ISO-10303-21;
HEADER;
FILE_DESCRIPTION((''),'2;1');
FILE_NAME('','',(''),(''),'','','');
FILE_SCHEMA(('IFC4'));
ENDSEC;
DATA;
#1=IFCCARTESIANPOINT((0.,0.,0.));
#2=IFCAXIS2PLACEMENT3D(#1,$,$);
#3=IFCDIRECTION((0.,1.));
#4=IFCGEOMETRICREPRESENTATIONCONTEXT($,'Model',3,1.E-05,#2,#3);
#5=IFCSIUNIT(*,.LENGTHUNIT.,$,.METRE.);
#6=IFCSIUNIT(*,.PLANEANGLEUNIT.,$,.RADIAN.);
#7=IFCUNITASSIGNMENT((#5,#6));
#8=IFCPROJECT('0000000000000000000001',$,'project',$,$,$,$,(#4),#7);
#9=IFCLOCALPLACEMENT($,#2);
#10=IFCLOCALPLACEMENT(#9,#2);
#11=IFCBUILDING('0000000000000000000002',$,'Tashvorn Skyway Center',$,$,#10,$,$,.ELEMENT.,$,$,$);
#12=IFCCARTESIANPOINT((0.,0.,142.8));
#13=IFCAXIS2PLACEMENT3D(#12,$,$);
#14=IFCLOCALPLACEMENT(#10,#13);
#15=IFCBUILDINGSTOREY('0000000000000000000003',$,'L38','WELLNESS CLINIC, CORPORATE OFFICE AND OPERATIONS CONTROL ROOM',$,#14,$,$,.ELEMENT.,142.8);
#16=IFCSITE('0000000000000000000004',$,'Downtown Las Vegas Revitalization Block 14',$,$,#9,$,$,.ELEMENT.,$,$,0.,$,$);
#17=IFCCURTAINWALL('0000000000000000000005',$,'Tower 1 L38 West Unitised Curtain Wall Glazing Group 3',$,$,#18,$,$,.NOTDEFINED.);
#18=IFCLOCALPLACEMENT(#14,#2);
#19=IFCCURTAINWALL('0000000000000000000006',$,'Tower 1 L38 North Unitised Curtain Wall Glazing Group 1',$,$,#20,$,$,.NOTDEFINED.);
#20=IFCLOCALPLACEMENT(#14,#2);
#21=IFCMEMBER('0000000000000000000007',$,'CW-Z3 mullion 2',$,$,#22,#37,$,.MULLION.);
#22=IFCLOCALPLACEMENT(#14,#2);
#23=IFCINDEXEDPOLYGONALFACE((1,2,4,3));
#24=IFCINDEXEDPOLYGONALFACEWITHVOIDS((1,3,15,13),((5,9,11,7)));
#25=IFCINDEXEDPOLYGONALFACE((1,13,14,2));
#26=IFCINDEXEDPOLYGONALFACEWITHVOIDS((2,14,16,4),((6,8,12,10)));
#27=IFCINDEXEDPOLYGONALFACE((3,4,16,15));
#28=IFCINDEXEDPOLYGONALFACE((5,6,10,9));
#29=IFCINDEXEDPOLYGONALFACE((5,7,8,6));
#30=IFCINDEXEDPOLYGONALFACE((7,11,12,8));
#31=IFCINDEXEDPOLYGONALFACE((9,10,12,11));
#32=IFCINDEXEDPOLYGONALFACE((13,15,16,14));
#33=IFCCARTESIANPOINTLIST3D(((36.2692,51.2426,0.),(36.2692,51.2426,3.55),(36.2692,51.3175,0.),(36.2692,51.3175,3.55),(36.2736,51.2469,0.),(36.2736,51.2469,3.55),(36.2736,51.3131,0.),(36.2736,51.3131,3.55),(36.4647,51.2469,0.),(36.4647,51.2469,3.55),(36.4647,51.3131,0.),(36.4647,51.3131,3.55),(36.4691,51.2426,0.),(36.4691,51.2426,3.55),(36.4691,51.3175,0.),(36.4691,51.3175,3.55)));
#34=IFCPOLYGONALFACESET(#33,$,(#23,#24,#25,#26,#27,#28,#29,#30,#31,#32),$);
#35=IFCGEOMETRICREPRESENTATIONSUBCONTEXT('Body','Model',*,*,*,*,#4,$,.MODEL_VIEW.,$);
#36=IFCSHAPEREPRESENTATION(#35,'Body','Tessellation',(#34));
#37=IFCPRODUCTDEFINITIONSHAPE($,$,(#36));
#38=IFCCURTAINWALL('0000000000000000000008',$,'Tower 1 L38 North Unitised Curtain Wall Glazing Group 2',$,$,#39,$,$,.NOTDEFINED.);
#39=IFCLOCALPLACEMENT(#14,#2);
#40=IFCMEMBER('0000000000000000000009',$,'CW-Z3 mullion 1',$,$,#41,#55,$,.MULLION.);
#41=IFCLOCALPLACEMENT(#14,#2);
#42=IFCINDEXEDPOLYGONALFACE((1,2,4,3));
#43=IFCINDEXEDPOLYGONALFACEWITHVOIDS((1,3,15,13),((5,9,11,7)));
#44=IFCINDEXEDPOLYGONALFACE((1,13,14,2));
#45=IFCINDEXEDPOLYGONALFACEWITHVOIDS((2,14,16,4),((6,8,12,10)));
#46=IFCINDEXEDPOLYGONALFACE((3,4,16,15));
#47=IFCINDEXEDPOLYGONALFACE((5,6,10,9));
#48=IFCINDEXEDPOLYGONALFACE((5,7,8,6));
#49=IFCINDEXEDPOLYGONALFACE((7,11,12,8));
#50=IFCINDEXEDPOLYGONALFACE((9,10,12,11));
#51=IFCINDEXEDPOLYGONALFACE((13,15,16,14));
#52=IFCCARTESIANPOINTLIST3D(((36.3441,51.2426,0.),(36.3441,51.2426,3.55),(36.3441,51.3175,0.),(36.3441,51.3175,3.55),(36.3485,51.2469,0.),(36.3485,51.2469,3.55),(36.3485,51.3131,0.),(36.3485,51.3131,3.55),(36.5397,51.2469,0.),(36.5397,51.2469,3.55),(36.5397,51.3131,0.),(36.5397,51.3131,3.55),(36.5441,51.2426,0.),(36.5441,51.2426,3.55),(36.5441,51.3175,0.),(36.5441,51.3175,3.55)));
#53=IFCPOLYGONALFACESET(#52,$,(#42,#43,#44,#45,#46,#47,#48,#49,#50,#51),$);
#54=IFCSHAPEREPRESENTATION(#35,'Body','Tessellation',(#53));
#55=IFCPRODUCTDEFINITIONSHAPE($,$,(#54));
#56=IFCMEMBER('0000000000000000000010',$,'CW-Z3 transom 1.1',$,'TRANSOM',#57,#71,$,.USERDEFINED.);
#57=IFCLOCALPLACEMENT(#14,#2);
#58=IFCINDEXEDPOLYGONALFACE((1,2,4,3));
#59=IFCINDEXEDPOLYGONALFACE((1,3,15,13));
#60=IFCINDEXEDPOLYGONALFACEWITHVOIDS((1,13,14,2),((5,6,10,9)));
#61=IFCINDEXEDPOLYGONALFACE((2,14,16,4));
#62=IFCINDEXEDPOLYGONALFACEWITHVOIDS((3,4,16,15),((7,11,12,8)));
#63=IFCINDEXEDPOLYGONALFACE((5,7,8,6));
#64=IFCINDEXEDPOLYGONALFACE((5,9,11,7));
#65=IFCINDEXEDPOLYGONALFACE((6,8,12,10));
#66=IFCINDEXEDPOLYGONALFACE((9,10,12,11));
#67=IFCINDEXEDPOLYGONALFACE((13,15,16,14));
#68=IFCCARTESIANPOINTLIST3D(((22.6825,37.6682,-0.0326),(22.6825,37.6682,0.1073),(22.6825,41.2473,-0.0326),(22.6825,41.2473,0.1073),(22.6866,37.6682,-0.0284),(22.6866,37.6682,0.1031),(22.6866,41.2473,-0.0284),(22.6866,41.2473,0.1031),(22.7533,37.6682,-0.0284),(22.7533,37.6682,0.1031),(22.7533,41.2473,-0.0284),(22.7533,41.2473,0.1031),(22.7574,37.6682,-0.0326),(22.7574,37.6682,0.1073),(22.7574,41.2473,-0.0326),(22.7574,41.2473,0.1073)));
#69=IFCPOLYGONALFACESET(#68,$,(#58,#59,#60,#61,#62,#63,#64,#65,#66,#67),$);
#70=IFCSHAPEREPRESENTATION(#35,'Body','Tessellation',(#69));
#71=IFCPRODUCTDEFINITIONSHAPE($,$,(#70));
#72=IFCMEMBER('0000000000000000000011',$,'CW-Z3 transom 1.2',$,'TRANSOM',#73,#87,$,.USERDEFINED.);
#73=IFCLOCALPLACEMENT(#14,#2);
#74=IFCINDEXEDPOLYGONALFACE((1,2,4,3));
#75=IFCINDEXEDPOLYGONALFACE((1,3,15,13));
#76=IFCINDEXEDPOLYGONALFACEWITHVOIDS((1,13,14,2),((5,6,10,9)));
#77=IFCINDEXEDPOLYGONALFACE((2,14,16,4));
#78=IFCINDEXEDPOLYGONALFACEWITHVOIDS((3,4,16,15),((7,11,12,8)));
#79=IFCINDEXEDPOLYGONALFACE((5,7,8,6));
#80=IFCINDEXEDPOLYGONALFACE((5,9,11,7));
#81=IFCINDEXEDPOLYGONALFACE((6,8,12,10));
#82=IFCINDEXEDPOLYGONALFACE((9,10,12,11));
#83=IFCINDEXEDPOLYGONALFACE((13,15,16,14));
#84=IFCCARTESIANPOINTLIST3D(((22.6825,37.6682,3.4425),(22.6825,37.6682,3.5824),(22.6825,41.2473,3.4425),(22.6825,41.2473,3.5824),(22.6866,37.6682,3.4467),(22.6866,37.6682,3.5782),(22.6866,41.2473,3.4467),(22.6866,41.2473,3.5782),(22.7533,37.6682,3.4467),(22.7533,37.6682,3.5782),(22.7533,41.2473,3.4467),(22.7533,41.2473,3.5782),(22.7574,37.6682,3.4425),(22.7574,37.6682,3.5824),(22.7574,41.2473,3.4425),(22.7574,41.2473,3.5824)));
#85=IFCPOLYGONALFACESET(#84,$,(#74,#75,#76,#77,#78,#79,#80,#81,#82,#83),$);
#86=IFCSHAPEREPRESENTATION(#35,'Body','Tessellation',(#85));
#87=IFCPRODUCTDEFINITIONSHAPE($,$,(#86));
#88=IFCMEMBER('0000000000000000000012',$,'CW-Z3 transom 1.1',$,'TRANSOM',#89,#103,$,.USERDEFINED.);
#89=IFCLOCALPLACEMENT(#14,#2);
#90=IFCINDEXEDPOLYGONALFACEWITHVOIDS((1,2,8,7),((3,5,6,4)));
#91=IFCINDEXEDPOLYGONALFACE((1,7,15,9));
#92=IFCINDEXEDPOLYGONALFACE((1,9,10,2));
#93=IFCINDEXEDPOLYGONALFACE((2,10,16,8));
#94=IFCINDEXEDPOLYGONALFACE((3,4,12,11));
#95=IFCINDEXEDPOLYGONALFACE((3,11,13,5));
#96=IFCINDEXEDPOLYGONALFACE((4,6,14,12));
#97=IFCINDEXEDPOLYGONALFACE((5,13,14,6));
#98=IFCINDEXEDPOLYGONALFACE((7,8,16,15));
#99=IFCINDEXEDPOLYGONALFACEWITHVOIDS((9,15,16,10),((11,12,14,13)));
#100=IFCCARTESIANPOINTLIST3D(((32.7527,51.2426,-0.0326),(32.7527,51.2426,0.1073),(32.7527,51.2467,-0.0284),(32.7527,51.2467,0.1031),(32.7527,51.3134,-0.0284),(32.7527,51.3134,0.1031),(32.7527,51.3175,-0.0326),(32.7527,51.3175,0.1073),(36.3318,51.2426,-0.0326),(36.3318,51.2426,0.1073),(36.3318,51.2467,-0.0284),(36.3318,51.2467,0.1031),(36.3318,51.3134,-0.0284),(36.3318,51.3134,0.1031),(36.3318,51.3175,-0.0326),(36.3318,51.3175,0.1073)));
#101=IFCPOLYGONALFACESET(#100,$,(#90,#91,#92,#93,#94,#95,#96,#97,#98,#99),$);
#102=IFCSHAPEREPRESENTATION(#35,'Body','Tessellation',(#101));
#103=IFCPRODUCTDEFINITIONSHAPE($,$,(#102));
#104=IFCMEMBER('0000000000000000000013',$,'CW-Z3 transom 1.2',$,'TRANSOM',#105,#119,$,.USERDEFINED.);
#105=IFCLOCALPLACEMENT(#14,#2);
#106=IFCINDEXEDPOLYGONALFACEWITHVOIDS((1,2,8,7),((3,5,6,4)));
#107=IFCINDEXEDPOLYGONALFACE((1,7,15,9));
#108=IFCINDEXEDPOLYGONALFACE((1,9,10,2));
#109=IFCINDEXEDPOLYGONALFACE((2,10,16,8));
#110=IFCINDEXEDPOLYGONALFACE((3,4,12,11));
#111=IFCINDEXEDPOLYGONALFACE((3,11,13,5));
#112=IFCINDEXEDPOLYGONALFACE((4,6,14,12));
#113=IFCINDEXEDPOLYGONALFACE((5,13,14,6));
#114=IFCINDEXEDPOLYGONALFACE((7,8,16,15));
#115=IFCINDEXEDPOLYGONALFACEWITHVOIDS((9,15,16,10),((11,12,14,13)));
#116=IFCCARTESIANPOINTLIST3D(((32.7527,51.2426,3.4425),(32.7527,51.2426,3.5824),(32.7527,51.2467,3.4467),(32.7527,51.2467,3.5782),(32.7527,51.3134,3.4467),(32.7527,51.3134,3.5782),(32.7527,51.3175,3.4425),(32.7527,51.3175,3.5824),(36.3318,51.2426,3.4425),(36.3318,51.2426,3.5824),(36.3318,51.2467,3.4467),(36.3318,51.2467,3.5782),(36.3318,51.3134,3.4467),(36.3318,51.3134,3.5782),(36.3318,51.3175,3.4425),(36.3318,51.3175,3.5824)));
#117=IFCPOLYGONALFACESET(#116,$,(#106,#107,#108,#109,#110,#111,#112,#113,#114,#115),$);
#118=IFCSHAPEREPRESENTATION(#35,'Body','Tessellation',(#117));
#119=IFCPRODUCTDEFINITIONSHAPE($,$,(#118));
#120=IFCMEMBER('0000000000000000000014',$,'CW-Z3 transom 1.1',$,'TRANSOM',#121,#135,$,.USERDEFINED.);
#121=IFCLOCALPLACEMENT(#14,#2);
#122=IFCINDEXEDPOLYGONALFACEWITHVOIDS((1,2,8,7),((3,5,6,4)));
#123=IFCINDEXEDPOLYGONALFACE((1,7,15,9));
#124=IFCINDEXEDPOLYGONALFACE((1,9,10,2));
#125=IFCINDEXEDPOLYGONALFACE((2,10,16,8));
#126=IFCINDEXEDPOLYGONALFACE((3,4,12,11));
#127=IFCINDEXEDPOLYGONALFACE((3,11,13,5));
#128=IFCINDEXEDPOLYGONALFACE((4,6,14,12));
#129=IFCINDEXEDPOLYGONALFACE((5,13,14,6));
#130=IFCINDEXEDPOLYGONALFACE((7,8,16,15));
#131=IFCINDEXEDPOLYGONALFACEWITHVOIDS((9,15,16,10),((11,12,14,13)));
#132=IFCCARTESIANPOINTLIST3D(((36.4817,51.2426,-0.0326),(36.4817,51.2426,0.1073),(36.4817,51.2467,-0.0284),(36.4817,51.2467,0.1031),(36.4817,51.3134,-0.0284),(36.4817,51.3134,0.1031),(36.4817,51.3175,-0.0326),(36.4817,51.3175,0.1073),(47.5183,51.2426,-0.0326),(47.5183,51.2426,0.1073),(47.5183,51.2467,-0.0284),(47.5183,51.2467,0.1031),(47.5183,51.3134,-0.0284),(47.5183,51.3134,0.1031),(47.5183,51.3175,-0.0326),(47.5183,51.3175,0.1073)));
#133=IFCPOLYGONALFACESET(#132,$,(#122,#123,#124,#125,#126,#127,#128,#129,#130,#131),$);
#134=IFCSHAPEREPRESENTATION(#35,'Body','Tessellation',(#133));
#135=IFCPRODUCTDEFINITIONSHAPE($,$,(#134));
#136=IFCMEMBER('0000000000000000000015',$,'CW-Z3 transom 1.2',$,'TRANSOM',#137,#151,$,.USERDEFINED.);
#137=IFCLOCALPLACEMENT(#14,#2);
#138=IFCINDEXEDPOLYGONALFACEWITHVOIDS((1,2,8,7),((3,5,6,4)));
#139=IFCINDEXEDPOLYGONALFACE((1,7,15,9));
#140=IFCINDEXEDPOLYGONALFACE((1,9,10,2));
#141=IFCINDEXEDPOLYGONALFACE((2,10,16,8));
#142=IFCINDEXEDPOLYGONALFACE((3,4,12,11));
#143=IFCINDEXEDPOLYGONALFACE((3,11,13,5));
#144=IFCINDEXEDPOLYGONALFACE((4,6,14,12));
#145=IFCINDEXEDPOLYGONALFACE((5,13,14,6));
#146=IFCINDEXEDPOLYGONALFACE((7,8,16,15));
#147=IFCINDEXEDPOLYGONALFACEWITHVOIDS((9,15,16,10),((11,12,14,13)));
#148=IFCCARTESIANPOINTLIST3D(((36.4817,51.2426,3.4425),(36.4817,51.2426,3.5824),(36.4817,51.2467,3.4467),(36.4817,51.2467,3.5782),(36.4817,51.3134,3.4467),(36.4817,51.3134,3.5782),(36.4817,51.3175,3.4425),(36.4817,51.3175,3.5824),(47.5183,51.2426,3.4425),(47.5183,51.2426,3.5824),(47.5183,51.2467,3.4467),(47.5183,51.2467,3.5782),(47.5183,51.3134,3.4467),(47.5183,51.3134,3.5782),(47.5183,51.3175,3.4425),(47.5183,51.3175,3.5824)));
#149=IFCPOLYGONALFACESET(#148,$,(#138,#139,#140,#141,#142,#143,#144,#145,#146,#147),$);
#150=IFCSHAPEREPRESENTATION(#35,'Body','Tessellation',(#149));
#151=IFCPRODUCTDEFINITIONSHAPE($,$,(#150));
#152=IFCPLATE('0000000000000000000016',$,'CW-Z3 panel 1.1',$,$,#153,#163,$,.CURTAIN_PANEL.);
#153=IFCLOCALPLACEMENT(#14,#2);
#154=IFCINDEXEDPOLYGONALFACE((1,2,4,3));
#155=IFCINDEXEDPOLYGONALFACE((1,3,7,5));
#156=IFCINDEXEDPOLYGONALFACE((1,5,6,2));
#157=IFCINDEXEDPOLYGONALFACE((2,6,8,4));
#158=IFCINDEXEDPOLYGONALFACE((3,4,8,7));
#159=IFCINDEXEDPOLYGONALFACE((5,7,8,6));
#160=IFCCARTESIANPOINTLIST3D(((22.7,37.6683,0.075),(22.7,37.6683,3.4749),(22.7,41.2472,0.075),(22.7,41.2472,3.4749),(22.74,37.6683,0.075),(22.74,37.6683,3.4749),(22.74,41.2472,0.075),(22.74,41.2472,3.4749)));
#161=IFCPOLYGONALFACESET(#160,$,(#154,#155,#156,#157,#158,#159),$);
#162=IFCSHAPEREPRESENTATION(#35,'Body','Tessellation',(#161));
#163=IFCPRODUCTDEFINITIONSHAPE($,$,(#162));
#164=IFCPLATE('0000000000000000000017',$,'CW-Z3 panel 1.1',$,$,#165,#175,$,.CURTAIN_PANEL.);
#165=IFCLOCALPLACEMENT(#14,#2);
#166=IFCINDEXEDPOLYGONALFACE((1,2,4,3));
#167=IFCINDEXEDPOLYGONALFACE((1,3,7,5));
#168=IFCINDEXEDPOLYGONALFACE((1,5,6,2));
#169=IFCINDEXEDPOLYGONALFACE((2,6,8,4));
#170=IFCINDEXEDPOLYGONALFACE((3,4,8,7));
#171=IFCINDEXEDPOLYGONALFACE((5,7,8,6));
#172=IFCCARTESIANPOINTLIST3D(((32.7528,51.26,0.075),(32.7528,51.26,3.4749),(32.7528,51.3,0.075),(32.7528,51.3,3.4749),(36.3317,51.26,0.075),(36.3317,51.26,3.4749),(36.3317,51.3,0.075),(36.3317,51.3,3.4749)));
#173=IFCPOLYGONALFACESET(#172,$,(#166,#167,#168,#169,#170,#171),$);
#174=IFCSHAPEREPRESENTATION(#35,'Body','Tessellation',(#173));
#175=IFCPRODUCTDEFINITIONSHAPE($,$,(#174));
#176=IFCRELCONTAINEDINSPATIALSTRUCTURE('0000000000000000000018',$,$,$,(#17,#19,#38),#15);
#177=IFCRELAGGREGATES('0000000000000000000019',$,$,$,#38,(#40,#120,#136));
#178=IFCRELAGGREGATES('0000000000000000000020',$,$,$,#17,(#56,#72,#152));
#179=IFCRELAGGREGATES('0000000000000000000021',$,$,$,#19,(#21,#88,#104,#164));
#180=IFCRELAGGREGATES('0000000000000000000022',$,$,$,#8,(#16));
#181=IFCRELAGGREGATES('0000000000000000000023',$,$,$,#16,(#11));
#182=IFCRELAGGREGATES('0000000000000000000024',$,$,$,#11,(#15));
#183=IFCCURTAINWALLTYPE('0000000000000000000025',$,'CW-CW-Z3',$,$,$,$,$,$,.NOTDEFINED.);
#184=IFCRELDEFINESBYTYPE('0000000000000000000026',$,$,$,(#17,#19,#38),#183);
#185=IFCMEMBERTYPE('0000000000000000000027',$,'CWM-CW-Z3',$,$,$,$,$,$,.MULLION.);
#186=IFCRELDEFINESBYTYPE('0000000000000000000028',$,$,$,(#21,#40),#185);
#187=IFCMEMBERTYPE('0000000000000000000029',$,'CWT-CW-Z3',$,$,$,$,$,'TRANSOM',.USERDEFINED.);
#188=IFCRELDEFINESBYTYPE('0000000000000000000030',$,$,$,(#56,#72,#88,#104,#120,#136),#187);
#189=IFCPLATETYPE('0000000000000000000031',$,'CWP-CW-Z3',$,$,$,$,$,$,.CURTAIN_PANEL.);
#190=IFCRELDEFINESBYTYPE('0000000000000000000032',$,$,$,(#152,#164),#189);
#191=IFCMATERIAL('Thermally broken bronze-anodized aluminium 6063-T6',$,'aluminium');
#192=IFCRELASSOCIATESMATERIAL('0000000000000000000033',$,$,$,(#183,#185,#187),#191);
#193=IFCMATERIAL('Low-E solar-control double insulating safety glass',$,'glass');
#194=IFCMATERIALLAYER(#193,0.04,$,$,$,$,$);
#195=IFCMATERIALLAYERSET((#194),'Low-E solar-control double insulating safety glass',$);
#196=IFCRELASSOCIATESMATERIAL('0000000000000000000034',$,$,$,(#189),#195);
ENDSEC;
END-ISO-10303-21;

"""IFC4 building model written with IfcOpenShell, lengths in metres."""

from ifc_helpers import new_model, si_unit, direction, frame, origin, origin_2d, place, context, subcontext, project, spatial, rectangle, hollow_rectangle, extrude, material, layer, layer_set, material_profile, profile_set, type_object, element, aggregate, save


model = new_model("IFC4")

# Units and contexts
model_context = context("Model", 3, precision=1e-05, world=origin(), true_north=direction((0.0, 1.0)))
body_context = subcontext(model_context, "Body", "Model", "MODEL_VIEW")
ifc_project = project(units=[si_unit("LENGTHUNIT", "METRE"), si_unit("PLANEANGLEUNIT", "RADIAN")], contexts=[model_context])

# Site, building, storey
site_placement = place(None, origin())
site = spatial("IfcSite", under=ifc_project, at=site_placement, Name="Downtown Las Vegas Revitalization Block 14", CompositionType="ELEMENT", RefElevation=0.0)
building_placement = place(site_placement, origin())
building = spatial("IfcBuilding", under=site, at=building_placement, Name="Tashvorn Skyway Center", CompositionType="ELEMENT")
storey_placement = place(building_placement, frame((0.0, 0.0, 142.8)))
storey = spatial("IfcBuildingStorey", under=building, at=storey_placement, Name="L38", Description="WELLNESS CLINIC, CORPORATE OFFICE AND OPERATIONS CONTROL ROOM", CompositionType="ELEMENT", Elevation=142.8)

# Curtain wall
ifc_material_1 = material(Name="Thermally broken bronze-anodized aluminium 6063-T6", Category="aluminium")
curtain_wall_type = type_object("IfcCurtainWallType", Name="CW-CW-Z3", PredefinedType="NOTDEFINED", material=ifc_material_1)
curtain_wall_1_placement = place(storey_placement, origin())
curtain_wall_1 = element("IfcCurtainWall", 1, at=curtain_wall_1_placement, inside=storey, type_object=curtain_wall_type, Name="Tower 1 L38 West Unitised Curtain Wall Glazing Group 3", PredefinedType="NOTDEFINED")
ifc_material_profile_1 = material_profile(ifc_material_1, hollow_rectangle(XDim=0.075, YDim=0.2, WallThickness=0.0044, at=origin_2d()), Name="ALU-MULL-75x200")
ifc_profile_set_1 = profile_set([ifc_material_profile_1], Name="Thermally broken bronze-anodized aluminium 6063-T6")
member_type_1 = type_object("IfcMemberType", Name="CWM-CW-Z3", PredefinedType="MULLION", material=ifc_profile_set_1)

# Curtain wall, member
curtain_wall_2_placement = place(storey_placement, origin())
curtain_wall_2 = element("IfcCurtainWall", 2, at=curtain_wall_2_placement, inside=storey, type_object=curtain_wall_type, Name="Tower 1 L38 North Unitised Curtain Wall Glazing Group 1", PredefinedType="NOTDEFINED")
member_1_placement = place(storey_placement, frame((36.3691, 51.28, 0.0), z_axis=(0.0, 0.0, 1.0), x_axis=(0.0, 1.0, 0.0)))
member_1 = element("IfcMember", 3, at=member_1_placement, type_object=member_type_1, Name="CW-Z3 mullion 2", PredefinedType="MULLION", context=body_context, shape_type="SweptSolid", body=[
    extrude(hollow_rectangle(XDim=0.075, YDim=0.2, WallThickness=0.0044, at=origin_2d()), origin(), (0.0, 0.0, 1.0), 3.55),
])

# Curtain wall, member
curtain_wall_3_placement = place(storey_placement, origin())
curtain_wall_3 = element("IfcCurtainWall", 4, at=curtain_wall_3_placement, inside=storey, type_object=curtain_wall_type, Name="Tower 1 L38 North Unitised Curtain Wall Glazing Group 2", PredefinedType="NOTDEFINED")
member_2_placement = place(storey_placement, frame((36.4441, 51.28, 0.0), z_axis=(0.0, 0.0, 1.0), x_axis=(0.0, 1.0, 0.0)))
member_2 = element("IfcMember", 5, at=member_2_placement, type_object=member_type_1, Name="CW-Z3 mullion 1", PredefinedType="MULLION", context=body_context, shape_type="SweptSolid", body=[
    extrude(hollow_rectangle(XDim=0.075, YDim=0.2, WallThickness=0.0044, at=origin_2d()), origin(), (0.0, 0.0, 1.0), 3.55),
])

# Members
ifc_material_profile_2 = material_profile(ifc_material_1, hollow_rectangle(XDim=0.075, YDim=0.1399, WallThickness=0.0042, at=origin_2d()), Name="ALU-TRAN-75x140")
ifc_profile_set_2 = profile_set([ifc_material_profile_2], Name="Thermally broken bronze-anodized aluminium 6063-T6")
member_type_2 = type_object("IfcMemberType", Name="CWT-CW-Z3", ElementType="TRANSOM", PredefinedType="USERDEFINED", material=ifc_profile_set_2)
member_3_placement = place(storey_placement, frame((22.72, 37.6682, 0.0374), z_axis=(0.0, 1.0, 0.0), x_axis=(-1.0, 0.0, 0.0)))
member_3 = element("IfcMember", 6, at=member_3_placement, type_object=member_type_2, Name="CW-Z3 transom 1.1", ObjectType="TRANSOM", PredefinedType="USERDEFINED", context=body_context, shape_type="SweptSolid", body=[
    extrude(hollow_rectangle(XDim=0.075, YDim=0.1399, WallThickness=0.0042, at=origin_2d()), origin(), (0.0, 0.0, 1.0), 3.5791),
])
member_4_placement = place(storey_placement, frame((22.72, 37.6682, 3.5125), z_axis=(0.0, 1.0, 0.0), x_axis=(-1.0, 0.0, 0.0)))
member_4 = element("IfcMember", 7, at=member_4_placement, type_object=member_type_2, Name="CW-Z3 transom 1.2", ObjectType="TRANSOM", PredefinedType="USERDEFINED", context=body_context, shape_type="SweptSolid", body=[
    extrude(hollow_rectangle(XDim=0.075, YDim=0.1399, WallThickness=0.0042, at=origin_2d()), origin(), (0.0, 0.0, 1.0), 3.5791),
])
member_5_placement = place(storey_placement, frame((32.7527, 51.28, 0.0374), z_axis=(1.0, 0.0, 0.0), x_axis=(0.0, 1.0, 0.0)))
member_5 = element("IfcMember", 8, at=member_5_placement, type_object=member_type_2, Name="CW-Z3 transom 1.1", ObjectType="TRANSOM", PredefinedType="USERDEFINED", context=body_context, shape_type="SweptSolid", body=[
    extrude(hollow_rectangle(XDim=0.075, YDim=0.1399, WallThickness=0.0042, at=origin_2d()), origin(), (0.0, 0.0, 1.0), 3.5791),
])
member_6_placement = place(storey_placement, frame((32.7527, 51.28, 3.5125), z_axis=(1.0, 0.0, 0.0), x_axis=(0.0, 1.0, 0.0)))
member_6 = element("IfcMember", 9, at=member_6_placement, type_object=member_type_2, Name="CW-Z3 transom 1.2", ObjectType="TRANSOM", PredefinedType="USERDEFINED", context=body_context, shape_type="SweptSolid", body=[
    extrude(hollow_rectangle(XDim=0.075, YDim=0.1399, WallThickness=0.0042, at=origin_2d()), origin(), (0.0, 0.0, 1.0), 3.5791),
])
member_7_placement = place(storey_placement, frame((36.4817, 51.28, 0.0374), z_axis=(1.0, 0.0, 0.0), x_axis=(0.0, 1.0, 0.0)))
member_7 = element("IfcMember", 10, at=member_7_placement, type_object=member_type_2, Name="CW-Z3 transom 1.1", ObjectType="TRANSOM", PredefinedType="USERDEFINED", context=body_context, shape_type="SweptSolid", body=[
    extrude(hollow_rectangle(XDim=0.075, YDim=0.1399, WallThickness=0.0042, at=origin_2d()), origin(), (0.0, 0.0, 1.0), 11.0366),
])
member_8_placement = place(storey_placement, frame((36.4817, 51.28, 3.5125), z_axis=(1.0, 0.0, 0.0), x_axis=(0.0, 1.0, 0.0)))
member_8 = element("IfcMember", 11, at=member_8_placement, type_object=member_type_2, Name="CW-Z3 transom 1.2", ObjectType="TRANSOM", PredefinedType="USERDEFINED", context=body_context, shape_type="SweptSolid", body=[
    extrude(hollow_rectangle(XDim=0.075, YDim=0.1399, WallThickness=0.0042, at=origin_2d()), origin(), (0.0, 0.0, 1.0), 11.0366),
])
aggregate(curtain_wall_3, [member_2, member_7, member_8])

# Plates
ifc_material_2 = material(Name="Low-E solar-control double insulating safety glass", Category="glass")
ifc_layer_1 = layer(ifc_material_2, 0.04)
ifc_layer_set_1 = layer_set([ifc_layer_1], Name="Low-E solar-control double insulating safety glass")
plate_type = type_object("IfcPlateType", Name="CWP-CW-Z3", PredefinedType="CURTAIN_PANEL", material=ifc_layer_set_1)
plate_1_placement = place(storey_placement, frame((22.72, 39.4578, 0.075), z_axis=(0.0, 0.0, 1.0), x_axis=(0.0, 1.0, 0.0)))
plate_1 = element("IfcPlate", 12, at=plate_1_placement, type_object=plate_type, Name="CW-Z3 panel 1.1", PredefinedType="CURTAIN_PANEL", context=body_context, shape_type="SweptSolid", body=[
    extrude(rectangle(XDim=3.5789, YDim=0.04, at=origin_2d()), origin(), (0.0, 0.0, 1.0), 3.3999),
])
aggregate(curtain_wall_1, [member_3, member_4, plate_1])
plate_2_placement = place(storey_placement, frame((34.5422, 51.28, 0.075), z_axis=(0.0, 0.0, 1.0), x_axis=(1.0, 0.0, 0.0)))
plate_2 = element("IfcPlate", 13, at=plate_2_placement, type_object=plate_type, Name="CW-Z3 panel 1.1", PredefinedType="CURTAIN_PANEL", context=body_context, shape_type="SweptSolid", body=[
    extrude(rectangle(XDim=3.5789, YDim=0.04, at=origin_2d()), origin(), (0.0, 0.0, 1.0), 3.3999),
])
aggregate(curtain_wall_2, [member_1, member_5, member_6, plate_2])

save(model, "model.ifc")
